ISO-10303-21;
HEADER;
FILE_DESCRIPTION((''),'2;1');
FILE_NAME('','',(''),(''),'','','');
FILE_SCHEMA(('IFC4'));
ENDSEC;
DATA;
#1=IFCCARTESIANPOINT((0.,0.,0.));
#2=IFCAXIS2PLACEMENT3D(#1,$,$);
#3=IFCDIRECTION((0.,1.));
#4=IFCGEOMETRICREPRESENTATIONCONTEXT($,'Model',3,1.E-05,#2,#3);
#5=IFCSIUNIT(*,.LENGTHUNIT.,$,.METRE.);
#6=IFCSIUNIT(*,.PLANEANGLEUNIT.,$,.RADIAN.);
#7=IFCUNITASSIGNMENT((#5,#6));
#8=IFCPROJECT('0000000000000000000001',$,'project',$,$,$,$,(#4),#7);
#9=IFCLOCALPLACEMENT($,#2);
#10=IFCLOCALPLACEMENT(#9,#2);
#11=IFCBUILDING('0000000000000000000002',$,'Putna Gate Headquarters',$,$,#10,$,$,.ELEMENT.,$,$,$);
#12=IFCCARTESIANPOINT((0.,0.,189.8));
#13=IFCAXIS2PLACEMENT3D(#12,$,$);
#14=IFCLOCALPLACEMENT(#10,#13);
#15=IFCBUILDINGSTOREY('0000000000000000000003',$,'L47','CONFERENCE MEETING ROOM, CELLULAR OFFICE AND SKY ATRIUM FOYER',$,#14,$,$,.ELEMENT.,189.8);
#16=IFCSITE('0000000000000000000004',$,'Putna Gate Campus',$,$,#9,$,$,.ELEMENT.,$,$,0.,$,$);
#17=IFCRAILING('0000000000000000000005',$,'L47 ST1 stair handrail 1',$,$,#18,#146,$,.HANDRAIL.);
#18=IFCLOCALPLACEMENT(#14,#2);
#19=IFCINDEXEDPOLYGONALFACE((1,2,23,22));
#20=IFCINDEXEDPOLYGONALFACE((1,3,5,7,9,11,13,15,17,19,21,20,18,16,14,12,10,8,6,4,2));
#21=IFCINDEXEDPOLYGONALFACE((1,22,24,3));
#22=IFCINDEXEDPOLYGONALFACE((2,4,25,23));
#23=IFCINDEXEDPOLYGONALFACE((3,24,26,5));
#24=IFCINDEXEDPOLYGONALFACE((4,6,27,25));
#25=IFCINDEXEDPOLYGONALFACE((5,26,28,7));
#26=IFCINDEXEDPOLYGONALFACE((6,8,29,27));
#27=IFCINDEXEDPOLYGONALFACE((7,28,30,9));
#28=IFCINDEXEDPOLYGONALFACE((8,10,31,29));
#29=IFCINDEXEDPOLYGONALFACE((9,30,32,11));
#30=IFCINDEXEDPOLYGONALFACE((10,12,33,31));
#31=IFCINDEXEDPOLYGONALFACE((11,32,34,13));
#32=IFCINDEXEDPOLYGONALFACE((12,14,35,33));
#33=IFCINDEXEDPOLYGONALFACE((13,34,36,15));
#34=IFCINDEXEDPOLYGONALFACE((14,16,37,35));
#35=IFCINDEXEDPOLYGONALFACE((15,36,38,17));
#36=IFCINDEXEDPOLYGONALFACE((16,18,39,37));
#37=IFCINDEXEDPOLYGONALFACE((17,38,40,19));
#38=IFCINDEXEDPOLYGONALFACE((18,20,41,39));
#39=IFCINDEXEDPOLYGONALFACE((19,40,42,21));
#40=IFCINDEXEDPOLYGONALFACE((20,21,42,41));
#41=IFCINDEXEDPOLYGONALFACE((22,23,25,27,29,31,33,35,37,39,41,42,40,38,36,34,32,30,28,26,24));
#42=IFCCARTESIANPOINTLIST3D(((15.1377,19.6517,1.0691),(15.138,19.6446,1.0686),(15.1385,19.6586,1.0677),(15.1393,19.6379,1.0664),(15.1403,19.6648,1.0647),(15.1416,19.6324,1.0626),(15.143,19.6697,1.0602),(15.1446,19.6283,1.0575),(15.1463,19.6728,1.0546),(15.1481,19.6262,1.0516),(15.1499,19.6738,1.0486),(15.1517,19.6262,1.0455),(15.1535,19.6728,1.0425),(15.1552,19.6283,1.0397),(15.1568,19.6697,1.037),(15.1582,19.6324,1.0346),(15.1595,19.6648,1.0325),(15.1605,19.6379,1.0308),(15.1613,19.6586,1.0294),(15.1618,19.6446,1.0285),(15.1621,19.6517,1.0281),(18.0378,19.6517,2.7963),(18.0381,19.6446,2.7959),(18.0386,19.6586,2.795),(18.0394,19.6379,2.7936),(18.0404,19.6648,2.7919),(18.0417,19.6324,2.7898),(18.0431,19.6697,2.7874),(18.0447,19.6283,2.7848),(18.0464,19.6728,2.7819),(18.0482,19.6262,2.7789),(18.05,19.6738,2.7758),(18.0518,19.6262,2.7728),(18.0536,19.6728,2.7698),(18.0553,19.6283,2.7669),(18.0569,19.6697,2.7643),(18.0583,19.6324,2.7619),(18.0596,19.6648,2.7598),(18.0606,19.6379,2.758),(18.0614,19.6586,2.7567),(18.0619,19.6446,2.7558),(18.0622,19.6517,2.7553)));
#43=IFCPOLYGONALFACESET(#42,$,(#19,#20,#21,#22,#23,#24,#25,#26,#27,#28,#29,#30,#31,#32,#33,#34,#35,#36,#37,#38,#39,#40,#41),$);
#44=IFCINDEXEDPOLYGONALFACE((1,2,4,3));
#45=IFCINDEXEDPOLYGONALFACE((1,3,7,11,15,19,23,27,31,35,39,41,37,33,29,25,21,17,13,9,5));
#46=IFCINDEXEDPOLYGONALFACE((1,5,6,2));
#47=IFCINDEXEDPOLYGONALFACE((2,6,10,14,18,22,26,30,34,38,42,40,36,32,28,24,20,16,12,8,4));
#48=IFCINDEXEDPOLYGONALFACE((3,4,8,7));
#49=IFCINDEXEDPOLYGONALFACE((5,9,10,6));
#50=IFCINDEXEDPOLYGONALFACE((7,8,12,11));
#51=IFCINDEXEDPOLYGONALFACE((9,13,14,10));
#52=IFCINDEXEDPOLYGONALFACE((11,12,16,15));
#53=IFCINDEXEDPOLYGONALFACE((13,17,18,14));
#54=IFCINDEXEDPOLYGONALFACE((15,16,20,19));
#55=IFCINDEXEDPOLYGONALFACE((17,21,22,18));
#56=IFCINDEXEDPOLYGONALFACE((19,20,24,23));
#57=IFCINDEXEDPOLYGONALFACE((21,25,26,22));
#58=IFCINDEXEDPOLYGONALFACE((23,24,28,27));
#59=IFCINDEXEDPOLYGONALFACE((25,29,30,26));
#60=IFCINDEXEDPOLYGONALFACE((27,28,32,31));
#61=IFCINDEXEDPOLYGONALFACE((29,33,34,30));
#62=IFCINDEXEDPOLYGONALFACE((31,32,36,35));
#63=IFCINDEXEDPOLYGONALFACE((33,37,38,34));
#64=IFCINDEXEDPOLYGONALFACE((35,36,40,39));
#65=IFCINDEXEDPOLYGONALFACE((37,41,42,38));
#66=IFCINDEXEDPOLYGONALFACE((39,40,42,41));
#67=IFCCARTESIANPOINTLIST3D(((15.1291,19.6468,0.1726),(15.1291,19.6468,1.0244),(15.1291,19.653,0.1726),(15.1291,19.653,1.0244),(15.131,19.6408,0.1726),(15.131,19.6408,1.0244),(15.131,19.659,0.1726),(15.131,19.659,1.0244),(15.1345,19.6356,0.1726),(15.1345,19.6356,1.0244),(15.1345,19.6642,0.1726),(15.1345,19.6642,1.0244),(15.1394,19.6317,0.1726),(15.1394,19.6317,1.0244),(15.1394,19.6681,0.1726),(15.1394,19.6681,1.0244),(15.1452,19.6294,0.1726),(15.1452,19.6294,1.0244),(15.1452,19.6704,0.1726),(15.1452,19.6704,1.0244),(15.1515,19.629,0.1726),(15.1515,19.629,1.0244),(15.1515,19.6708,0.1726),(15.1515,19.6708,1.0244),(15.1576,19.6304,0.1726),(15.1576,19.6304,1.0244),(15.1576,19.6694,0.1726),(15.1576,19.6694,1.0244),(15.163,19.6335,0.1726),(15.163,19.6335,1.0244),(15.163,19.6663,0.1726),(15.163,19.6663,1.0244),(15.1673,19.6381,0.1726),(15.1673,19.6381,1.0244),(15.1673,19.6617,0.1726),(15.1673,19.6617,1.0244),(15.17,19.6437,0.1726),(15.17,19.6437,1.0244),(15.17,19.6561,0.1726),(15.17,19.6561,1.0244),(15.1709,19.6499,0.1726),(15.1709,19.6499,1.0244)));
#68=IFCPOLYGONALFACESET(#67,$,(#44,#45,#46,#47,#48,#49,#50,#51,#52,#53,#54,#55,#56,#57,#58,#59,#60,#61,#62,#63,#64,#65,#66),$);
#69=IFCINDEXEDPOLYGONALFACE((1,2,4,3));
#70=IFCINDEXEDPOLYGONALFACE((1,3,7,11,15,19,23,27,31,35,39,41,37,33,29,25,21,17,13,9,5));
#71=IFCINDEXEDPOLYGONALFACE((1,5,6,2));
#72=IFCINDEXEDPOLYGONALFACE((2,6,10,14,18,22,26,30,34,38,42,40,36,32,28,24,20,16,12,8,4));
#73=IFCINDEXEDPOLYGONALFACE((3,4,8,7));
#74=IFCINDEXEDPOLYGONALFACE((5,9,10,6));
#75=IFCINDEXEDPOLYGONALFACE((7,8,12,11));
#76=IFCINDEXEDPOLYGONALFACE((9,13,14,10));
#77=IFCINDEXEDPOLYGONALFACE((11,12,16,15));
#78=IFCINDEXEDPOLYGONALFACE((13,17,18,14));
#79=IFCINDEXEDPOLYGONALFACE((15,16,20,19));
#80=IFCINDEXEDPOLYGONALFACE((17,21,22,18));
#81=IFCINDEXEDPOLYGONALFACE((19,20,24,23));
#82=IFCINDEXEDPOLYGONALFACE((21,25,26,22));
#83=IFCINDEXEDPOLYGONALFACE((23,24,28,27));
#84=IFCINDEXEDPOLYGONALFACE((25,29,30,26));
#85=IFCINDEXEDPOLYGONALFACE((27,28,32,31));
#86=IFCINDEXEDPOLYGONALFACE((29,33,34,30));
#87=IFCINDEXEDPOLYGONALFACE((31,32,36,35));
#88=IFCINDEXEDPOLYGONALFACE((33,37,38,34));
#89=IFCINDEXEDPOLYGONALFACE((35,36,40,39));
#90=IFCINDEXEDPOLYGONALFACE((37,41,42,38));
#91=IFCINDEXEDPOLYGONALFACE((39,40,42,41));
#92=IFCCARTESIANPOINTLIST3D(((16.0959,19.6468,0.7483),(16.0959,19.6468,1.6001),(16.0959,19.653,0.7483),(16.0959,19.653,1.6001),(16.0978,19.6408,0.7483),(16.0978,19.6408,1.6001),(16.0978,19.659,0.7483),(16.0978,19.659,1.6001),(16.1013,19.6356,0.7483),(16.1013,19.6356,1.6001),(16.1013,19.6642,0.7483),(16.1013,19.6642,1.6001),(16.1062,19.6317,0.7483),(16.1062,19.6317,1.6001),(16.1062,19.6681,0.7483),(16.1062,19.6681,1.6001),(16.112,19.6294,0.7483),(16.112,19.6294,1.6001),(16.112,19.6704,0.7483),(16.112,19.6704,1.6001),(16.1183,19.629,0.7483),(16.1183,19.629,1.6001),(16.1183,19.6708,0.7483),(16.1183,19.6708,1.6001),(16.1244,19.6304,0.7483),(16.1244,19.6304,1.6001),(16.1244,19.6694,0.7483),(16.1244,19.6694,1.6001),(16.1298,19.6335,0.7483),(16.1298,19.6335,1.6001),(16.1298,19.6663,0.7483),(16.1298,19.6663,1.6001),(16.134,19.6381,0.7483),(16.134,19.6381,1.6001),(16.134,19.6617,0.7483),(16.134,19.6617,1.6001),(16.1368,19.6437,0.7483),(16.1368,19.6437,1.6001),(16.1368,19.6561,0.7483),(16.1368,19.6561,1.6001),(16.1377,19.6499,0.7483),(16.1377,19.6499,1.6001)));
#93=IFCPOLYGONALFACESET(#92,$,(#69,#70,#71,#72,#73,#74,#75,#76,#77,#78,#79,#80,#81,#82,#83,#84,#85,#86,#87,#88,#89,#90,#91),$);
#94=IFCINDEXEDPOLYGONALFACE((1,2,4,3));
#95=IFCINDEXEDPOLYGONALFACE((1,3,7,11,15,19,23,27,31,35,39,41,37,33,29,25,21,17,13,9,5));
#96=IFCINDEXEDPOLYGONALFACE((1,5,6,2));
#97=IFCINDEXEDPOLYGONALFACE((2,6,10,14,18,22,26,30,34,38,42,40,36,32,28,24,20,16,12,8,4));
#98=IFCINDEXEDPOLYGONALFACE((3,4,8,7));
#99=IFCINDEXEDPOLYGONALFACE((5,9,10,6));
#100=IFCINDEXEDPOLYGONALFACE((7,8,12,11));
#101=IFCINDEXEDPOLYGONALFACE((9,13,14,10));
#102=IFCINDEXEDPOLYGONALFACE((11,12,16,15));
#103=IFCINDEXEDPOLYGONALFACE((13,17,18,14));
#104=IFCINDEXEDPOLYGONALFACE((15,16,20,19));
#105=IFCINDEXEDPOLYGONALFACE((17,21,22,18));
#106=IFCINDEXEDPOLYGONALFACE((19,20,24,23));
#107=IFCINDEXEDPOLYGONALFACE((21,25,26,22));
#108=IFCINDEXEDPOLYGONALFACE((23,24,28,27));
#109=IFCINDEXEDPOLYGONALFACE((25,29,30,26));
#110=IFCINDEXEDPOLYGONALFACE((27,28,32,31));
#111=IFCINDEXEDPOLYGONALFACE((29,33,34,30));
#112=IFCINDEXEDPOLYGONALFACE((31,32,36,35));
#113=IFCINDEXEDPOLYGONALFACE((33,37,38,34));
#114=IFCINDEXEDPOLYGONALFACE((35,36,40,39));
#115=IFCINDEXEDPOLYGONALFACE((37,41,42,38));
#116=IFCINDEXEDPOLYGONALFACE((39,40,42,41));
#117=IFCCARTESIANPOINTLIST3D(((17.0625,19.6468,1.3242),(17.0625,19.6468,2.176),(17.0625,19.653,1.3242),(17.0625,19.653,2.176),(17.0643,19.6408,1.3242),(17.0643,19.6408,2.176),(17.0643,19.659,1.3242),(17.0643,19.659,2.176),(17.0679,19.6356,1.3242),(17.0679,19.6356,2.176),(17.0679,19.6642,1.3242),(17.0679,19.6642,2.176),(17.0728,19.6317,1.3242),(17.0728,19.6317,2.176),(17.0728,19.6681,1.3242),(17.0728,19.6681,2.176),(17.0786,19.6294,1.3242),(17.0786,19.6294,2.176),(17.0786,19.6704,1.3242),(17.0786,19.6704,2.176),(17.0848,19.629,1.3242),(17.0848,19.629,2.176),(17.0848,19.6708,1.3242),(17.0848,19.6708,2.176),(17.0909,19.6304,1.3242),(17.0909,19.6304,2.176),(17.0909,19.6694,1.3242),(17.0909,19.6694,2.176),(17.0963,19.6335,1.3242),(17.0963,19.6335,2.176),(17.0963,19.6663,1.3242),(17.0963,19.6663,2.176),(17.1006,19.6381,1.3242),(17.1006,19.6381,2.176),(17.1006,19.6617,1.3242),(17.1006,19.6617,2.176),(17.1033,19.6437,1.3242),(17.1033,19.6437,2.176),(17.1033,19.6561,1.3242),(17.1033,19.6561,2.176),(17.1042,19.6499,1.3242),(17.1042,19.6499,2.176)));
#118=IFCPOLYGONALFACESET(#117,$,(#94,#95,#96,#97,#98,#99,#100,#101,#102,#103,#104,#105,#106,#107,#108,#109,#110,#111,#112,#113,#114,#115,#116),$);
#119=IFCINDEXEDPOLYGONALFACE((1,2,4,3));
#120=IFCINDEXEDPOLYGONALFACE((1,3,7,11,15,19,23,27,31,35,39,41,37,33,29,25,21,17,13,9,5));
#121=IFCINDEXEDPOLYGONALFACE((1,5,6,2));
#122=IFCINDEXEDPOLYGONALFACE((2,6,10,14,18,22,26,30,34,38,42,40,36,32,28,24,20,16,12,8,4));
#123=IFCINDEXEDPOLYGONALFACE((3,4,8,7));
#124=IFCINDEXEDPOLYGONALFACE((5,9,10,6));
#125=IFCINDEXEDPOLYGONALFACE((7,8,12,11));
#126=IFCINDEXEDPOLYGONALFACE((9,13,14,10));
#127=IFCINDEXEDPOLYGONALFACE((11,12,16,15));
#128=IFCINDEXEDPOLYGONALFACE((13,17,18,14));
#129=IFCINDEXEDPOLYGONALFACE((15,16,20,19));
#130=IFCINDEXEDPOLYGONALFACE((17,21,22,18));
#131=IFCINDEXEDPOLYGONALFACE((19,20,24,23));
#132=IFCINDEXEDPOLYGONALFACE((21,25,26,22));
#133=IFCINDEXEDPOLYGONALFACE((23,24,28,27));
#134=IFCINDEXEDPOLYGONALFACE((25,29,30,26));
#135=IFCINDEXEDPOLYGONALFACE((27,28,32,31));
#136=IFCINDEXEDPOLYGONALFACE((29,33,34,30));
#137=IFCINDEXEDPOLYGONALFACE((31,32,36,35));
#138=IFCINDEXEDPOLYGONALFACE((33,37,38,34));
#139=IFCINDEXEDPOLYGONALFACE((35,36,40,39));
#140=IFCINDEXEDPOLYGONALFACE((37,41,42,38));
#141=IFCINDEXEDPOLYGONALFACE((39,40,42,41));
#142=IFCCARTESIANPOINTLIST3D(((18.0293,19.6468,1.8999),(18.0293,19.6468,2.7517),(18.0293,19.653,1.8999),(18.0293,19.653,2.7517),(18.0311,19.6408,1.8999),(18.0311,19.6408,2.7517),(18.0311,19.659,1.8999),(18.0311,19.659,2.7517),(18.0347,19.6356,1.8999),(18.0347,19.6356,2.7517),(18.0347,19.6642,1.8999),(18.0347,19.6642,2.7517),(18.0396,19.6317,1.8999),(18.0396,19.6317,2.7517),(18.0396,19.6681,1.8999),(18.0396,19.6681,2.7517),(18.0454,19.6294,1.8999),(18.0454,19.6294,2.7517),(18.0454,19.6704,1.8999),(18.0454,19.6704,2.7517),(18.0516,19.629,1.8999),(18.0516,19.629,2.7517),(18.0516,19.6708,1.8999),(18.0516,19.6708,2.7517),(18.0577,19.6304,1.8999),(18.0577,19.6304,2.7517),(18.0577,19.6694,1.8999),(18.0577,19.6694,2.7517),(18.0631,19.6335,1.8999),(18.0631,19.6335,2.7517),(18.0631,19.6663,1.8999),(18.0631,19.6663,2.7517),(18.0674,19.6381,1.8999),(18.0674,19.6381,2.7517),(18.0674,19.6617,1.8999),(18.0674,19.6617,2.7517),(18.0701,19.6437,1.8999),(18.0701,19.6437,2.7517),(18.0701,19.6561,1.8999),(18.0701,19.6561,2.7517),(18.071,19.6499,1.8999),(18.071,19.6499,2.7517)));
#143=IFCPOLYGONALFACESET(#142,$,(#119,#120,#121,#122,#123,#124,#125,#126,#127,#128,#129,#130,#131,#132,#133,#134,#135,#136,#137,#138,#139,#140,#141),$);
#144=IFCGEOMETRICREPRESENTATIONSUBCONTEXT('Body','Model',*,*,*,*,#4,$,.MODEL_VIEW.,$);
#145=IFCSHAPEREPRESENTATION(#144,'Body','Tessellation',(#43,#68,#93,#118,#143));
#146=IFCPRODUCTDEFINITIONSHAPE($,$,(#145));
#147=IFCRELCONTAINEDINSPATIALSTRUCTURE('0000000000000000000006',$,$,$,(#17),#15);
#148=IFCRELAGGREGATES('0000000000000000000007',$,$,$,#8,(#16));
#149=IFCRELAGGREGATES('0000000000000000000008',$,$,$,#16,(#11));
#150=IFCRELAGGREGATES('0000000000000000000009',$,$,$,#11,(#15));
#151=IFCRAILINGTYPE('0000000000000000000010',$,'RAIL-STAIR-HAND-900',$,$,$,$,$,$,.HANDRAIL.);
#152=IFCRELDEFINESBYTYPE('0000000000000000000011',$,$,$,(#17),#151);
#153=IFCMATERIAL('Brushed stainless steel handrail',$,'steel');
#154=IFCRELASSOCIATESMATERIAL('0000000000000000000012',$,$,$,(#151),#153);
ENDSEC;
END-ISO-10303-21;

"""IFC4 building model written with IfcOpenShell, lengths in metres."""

from ifc_helpers import new_model, si_unit, direction, frame, origin, origin_2d, place, context, subcontext, project, spatial, circle, extrude, material, type_object, element, save


model = new_model("IFC4")

# Units and contexts
model_context = context("Model", 3, precision=1e-05, world=origin(), true_north=direction((0.0, 1.0)))
body_context = subcontext(model_context, "Body", "Model", "MODEL_VIEW")
ifc_project = project(units=[si_unit("LENGTHUNIT", "METRE"), si_unit("PLANEANGLEUNIT", "RADIAN")], contexts=[model_context])

# Site, building, storey
site_placement = place(None, origin())
site = spatial("IfcSite", under=ifc_project, at=site_placement, Name="Putna Gate Campus", CompositionType="ELEMENT", RefElevation=0.0)
building_placement = place(site_placement, origin())
building = spatial("IfcBuilding", under=site, at=building_placement, Name="Putna Gate Headquarters", CompositionType="ELEMENT")
storey_placement = place(building_placement, frame((0.0, 0.0, 189.8)))
storey = spatial("IfcBuildingStorey", under=building, at=storey_placement, Name="L47", Description="CONFERENCE MEETING ROOM, CELLULAR OFFICE AND SKY ATRIUM FOYER", CompositionType="ELEMENT", Elevation=189.8)

# Railing
ifc_material_1 = material(Name="Brushed stainless steel handrail", Category="steel")
railing_type_1 = type_object("IfcRailingType", Name="RAIL-STAIR-HAND-900", PredefinedType="HANDRAIL", material=ifc_material_1)
railing_1_placement = place(storey_placement, frame((15.1499, 19.6499, 0.1726)))
element("IfcRailing", 1, at=railing_1_placement, inside=storey, type_object=railing_type_1, Name="L47 ST1 stair handrail 1", PredefinedType="HANDRAIL", context=body_context, shape_type="SweptSolid", body=[
    extrude(circle(Radius=0.0239, at=origin_2d()), frame((0.0, 0.0, 0.876), z_axis=(0.85916, 0.0, 0.511706), x_axis=(0.0, 1.0, 0.0)), (0.0, 0.0, 1.0), 3.3755),
    extrude(circle(Radius=0.021, at=origin_2d()), origin(), (0.0, 0.0, 1.0), 0.8518),
    extrude(circle(Radius=0.021, at=origin_2d()), frame((0.9668, 0.0, 0.5757)), (0.0, 0.0, 1.0), 0.8518),
    extrude(circle(Radius=0.021, at=origin_2d()), frame((1.9333, 0.0, 1.1516)), (0.0, 0.0, 1.0), 0.8518),
    extrude(circle(Radius=0.021, at=origin_2d()), frame((2.9001, 0.0, 1.7273)), (0.0, 0.0, 1.0), 0.8518),
])

save(model, "model.ifc")
